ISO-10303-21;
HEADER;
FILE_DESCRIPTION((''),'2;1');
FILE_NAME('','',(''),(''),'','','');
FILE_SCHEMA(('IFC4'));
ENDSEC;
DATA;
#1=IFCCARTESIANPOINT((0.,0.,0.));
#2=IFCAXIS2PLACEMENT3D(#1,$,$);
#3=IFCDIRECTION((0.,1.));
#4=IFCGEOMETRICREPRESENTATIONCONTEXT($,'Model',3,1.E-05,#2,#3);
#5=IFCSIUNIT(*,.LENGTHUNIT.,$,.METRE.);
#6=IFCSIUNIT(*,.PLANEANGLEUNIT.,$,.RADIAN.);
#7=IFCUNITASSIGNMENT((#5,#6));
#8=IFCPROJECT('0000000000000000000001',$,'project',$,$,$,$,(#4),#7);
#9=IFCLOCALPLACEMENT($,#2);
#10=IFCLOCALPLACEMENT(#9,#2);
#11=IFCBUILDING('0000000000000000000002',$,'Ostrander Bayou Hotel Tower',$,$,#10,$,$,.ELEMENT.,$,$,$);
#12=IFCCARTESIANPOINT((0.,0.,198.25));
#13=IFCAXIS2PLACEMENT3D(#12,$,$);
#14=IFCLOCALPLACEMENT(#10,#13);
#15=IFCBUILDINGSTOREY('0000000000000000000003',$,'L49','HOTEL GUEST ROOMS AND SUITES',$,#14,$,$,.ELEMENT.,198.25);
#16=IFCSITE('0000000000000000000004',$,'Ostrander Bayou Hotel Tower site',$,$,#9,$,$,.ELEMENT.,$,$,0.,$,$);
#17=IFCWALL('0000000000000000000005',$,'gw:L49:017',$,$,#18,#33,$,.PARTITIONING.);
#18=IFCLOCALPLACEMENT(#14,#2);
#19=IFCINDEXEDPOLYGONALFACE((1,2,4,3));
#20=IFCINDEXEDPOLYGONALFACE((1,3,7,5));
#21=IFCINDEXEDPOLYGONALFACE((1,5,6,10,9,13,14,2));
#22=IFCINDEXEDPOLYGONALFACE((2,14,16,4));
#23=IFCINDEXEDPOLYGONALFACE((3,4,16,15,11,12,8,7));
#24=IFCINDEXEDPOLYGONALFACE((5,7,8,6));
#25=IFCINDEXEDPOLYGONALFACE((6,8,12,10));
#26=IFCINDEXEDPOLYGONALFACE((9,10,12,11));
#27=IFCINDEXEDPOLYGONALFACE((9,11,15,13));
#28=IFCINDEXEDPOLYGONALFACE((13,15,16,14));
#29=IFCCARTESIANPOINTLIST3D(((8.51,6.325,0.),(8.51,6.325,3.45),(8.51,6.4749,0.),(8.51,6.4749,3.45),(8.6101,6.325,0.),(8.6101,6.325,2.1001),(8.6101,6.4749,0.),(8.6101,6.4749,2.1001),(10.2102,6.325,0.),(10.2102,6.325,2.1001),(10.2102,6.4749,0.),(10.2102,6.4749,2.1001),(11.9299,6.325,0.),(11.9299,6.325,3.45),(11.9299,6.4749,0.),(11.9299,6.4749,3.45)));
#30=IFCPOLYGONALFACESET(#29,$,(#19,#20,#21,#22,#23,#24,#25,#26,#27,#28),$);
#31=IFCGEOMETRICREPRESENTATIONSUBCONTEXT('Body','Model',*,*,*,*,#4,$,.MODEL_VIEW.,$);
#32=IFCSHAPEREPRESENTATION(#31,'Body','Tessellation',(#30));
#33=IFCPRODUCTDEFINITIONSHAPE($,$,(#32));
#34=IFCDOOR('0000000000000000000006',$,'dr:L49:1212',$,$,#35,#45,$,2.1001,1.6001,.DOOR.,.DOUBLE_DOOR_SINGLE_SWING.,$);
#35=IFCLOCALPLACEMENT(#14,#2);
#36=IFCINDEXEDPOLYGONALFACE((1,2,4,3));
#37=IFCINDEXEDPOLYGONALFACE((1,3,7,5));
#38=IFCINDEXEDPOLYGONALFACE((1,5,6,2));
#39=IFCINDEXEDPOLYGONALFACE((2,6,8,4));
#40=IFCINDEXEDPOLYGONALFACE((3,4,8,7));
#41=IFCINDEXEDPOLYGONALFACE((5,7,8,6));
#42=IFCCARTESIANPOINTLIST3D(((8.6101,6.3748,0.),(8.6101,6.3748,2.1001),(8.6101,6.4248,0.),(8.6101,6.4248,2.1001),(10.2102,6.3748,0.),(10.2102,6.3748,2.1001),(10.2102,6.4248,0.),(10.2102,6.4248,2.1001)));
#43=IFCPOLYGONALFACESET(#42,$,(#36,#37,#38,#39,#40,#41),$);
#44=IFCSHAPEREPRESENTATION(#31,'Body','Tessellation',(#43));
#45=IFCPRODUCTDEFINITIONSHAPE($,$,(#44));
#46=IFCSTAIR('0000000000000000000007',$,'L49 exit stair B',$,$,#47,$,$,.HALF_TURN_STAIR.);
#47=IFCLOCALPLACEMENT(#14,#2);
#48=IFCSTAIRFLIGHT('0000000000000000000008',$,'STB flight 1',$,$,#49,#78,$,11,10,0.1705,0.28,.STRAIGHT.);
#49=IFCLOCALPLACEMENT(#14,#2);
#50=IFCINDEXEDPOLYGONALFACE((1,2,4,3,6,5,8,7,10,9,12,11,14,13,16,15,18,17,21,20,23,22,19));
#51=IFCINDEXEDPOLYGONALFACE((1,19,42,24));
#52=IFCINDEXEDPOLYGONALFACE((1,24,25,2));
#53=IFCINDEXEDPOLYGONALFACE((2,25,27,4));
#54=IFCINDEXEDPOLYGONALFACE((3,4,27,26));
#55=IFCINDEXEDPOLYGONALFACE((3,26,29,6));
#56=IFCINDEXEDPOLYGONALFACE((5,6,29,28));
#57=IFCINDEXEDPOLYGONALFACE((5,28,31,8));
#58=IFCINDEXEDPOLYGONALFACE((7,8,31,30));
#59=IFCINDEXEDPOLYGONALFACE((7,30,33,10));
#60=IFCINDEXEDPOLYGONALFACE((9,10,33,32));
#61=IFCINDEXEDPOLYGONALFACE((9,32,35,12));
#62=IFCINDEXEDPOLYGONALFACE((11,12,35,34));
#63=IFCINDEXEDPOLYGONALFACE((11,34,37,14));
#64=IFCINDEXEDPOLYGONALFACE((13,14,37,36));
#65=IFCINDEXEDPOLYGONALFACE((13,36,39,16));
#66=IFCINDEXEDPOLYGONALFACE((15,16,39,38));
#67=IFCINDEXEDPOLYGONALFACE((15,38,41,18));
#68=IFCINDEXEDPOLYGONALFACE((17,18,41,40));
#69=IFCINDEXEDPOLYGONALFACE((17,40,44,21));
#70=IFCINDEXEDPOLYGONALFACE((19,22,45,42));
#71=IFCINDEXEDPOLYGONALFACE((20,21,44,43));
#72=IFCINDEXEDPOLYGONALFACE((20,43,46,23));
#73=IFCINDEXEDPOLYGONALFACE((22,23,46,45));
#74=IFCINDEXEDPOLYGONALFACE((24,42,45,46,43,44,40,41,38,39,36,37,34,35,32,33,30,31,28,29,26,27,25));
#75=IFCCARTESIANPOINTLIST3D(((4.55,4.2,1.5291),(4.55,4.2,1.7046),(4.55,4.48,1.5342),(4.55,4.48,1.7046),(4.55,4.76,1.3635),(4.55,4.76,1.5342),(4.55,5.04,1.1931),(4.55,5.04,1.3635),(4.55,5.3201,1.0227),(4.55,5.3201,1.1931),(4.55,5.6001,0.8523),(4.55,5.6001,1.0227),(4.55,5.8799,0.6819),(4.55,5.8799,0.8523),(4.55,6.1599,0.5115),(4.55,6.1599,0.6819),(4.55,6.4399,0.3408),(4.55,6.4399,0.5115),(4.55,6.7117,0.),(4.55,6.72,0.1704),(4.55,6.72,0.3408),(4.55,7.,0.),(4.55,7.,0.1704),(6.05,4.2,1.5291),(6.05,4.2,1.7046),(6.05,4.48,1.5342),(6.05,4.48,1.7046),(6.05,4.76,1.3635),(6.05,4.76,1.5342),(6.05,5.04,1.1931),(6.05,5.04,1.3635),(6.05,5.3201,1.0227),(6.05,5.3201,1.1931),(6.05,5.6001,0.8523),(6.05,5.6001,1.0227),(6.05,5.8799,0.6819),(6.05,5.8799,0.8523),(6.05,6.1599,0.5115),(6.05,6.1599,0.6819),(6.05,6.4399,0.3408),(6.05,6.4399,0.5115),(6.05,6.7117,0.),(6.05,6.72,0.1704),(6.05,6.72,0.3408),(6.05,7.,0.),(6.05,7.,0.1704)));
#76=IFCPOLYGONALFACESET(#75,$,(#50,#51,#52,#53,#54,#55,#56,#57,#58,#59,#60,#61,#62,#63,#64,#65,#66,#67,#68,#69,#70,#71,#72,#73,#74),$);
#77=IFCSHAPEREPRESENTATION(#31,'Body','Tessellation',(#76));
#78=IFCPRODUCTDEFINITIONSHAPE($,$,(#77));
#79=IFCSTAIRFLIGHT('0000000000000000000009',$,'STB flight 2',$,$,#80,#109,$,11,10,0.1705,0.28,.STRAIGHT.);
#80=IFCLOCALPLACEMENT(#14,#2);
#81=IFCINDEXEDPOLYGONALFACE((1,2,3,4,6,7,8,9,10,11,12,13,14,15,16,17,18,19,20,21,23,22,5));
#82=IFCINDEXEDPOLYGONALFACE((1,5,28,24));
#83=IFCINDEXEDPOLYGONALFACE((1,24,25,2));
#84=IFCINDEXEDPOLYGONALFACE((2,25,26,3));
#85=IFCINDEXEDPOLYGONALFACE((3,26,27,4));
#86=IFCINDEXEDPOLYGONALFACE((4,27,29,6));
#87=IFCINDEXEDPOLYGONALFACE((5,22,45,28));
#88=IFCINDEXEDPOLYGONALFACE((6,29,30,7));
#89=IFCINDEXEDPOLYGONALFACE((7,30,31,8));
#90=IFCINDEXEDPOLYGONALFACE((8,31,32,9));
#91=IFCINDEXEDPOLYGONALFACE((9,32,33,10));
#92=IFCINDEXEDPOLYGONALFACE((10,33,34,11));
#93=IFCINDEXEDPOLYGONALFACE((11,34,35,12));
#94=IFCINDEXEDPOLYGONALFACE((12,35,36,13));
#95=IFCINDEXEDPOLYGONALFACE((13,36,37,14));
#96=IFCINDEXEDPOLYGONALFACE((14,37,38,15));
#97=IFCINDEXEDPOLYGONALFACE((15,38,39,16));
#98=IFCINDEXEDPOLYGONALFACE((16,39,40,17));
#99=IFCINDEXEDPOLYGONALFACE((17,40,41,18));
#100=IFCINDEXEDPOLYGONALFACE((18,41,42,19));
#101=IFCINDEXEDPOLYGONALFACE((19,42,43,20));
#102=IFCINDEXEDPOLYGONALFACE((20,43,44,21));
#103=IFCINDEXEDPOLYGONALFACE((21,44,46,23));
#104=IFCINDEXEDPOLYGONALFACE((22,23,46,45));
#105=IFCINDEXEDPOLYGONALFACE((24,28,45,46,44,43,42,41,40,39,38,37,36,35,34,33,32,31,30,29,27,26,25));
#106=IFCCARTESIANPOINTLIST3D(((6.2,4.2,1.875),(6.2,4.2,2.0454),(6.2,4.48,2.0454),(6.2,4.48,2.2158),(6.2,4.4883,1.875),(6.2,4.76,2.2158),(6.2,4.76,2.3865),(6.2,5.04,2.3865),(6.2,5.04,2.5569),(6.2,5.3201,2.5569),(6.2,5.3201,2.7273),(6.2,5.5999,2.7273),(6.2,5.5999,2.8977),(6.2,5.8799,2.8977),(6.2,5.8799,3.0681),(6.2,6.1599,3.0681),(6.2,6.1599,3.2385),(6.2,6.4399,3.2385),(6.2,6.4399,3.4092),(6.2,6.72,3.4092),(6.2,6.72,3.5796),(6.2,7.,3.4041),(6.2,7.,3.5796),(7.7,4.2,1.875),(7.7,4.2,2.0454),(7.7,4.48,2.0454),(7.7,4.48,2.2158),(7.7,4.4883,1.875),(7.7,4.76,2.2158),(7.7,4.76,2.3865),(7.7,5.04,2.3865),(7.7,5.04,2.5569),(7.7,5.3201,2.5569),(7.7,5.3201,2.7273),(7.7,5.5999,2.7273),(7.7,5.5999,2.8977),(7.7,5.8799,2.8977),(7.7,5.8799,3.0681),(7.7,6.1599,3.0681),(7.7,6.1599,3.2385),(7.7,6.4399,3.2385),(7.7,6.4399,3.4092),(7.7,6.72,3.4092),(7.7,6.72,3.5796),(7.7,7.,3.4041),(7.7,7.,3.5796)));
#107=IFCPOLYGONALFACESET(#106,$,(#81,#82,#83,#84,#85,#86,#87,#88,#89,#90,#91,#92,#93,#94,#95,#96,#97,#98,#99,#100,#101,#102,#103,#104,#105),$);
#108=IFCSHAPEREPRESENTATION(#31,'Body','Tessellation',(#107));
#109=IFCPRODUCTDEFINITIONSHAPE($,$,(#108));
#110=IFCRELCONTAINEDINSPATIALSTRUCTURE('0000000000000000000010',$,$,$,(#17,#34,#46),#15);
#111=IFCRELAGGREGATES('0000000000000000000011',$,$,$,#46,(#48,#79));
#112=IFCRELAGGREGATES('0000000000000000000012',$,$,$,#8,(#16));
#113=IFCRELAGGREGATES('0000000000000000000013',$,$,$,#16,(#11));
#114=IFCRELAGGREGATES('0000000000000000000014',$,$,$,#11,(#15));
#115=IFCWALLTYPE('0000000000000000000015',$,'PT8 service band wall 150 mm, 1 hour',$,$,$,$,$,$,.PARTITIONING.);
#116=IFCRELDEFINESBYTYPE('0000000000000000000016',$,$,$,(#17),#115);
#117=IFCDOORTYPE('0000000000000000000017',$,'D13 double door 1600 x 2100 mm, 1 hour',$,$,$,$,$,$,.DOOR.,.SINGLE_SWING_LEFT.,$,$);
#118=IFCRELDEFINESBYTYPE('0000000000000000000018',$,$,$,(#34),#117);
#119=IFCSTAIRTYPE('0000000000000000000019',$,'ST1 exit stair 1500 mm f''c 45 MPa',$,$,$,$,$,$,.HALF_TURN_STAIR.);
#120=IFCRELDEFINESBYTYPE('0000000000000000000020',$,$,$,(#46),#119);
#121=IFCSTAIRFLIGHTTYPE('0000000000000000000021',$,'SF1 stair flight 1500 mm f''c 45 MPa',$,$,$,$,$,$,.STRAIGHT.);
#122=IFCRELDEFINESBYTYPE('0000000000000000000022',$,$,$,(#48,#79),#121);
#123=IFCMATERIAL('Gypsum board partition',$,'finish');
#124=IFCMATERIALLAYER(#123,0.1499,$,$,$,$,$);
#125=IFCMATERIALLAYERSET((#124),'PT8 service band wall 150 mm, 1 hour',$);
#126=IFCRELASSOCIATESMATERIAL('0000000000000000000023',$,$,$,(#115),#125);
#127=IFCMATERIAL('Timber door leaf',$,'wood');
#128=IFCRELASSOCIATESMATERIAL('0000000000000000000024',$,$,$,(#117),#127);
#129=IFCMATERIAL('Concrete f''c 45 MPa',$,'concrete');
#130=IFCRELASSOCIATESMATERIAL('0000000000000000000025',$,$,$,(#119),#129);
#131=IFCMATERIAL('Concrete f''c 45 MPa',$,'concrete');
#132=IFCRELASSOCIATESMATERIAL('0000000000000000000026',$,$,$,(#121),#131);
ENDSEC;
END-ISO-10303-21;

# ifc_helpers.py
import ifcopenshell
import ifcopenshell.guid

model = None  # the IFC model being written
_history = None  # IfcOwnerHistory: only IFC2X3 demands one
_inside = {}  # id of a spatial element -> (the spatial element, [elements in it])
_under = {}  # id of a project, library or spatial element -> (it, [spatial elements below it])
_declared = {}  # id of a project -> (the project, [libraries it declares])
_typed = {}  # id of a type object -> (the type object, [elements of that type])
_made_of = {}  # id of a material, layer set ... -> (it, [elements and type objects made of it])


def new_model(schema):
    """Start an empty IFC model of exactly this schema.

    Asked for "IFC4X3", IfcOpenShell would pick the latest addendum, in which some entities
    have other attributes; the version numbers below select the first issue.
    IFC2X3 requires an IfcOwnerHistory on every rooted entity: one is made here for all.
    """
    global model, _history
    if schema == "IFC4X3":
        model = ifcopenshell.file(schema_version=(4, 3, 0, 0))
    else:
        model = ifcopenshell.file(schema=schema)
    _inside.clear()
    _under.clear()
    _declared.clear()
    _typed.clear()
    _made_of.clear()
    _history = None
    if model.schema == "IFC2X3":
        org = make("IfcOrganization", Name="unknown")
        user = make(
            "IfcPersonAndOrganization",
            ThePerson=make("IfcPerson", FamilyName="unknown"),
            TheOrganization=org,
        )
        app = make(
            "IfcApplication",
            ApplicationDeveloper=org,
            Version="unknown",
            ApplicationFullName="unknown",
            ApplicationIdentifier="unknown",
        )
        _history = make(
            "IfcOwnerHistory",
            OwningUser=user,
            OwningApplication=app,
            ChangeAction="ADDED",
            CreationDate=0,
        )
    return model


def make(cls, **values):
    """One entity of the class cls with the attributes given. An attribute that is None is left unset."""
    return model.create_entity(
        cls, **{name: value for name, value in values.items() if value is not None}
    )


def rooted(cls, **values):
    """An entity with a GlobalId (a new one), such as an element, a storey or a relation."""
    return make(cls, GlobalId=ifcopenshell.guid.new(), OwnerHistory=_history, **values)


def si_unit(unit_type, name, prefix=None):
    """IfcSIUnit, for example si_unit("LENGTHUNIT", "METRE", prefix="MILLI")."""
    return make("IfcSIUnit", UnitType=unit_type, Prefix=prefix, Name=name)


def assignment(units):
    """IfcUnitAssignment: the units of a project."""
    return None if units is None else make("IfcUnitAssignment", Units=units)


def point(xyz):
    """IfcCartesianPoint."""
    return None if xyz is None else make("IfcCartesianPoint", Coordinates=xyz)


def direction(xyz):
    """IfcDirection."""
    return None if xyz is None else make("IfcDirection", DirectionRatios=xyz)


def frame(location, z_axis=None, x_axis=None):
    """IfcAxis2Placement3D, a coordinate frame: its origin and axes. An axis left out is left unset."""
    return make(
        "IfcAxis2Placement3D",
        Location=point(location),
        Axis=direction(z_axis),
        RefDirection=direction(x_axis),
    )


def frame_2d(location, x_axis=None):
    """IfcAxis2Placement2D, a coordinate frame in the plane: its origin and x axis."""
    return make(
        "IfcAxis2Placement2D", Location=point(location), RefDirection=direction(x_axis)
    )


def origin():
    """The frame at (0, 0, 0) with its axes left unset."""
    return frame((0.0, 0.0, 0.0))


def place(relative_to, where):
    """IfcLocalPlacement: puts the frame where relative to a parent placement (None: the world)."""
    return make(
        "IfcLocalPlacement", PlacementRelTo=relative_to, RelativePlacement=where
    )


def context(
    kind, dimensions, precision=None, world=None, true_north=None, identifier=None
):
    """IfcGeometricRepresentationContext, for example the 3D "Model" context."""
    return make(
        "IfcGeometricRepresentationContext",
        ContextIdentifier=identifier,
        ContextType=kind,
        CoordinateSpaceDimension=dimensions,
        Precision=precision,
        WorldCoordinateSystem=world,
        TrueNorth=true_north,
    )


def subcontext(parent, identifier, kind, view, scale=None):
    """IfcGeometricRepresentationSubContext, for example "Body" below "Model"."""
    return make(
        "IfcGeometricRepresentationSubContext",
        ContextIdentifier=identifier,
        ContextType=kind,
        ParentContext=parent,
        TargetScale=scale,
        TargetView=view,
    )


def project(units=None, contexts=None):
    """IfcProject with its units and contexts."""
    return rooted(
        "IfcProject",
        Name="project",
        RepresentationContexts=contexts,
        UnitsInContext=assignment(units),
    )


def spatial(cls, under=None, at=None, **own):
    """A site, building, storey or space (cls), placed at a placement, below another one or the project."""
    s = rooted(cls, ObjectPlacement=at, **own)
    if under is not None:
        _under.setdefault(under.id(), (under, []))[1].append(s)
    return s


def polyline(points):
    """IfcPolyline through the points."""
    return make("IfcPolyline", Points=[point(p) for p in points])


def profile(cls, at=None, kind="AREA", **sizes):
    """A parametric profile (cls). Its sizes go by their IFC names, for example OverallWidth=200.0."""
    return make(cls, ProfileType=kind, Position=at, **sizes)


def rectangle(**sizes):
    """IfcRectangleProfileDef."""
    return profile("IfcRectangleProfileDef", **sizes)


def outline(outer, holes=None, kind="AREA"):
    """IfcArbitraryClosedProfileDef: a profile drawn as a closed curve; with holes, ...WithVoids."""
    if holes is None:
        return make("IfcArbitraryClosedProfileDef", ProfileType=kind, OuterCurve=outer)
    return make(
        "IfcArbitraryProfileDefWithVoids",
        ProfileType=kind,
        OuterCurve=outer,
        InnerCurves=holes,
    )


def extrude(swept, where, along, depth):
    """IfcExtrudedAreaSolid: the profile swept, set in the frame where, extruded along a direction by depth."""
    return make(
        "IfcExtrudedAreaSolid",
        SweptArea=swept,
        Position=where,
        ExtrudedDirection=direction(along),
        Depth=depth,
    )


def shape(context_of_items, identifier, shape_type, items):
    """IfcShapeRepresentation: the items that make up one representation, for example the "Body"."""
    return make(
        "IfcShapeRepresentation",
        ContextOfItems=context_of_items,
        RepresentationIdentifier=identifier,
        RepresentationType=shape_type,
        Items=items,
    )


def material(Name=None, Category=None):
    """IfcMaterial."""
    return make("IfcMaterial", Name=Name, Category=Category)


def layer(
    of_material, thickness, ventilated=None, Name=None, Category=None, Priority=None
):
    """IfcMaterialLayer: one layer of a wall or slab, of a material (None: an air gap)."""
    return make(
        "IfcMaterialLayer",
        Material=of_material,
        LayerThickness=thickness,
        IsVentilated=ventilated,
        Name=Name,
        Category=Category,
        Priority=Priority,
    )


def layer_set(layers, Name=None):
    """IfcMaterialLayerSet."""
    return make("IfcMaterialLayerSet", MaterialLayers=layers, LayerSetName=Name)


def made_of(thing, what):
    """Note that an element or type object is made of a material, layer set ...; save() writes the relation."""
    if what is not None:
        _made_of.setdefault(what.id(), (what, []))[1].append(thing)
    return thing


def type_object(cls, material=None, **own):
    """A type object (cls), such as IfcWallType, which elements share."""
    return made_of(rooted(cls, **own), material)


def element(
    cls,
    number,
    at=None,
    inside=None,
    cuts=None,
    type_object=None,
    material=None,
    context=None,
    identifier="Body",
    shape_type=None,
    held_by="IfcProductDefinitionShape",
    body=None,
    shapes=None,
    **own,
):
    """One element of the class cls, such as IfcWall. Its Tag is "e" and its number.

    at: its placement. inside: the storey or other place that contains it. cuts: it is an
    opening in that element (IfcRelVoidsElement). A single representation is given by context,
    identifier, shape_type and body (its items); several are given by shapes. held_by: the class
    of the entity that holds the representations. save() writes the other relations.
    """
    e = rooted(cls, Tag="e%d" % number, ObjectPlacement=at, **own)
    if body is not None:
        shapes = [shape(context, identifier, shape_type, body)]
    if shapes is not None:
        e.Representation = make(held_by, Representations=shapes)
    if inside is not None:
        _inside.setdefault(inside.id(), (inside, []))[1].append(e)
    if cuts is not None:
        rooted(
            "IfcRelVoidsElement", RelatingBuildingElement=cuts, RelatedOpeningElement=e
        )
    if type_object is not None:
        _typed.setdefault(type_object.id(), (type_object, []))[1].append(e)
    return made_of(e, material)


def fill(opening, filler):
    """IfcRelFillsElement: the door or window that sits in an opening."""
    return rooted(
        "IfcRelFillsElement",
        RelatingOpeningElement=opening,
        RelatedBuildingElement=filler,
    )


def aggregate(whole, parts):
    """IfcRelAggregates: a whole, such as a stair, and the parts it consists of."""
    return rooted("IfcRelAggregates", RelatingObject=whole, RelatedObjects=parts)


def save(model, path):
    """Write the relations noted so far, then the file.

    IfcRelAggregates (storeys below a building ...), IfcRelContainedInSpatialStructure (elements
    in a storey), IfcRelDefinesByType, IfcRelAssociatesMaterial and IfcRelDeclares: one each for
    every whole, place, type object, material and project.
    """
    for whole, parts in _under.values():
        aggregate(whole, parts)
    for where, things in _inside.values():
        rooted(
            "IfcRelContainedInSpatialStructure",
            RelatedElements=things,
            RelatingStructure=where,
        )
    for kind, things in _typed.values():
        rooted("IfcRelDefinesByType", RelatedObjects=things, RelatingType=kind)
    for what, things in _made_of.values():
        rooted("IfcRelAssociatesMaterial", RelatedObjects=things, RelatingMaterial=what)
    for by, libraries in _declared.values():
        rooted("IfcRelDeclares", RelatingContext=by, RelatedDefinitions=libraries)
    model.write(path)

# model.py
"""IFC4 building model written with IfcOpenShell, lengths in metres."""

from ifc_helpers import new_model, si_unit, direction, frame, frame_2d, origin, place, context, subcontext, project, spatial, polyline, rectangle, outline, extrude, material, layer, layer_set, type_object, element, fill, aggregate, save


model = new_model("IFC4")

# Units and contexts
model_context = context("Model", 3, precision=1e-05, world=origin(), true_north=direction((0.0, 1.0)))
body_context = subcontext(model_context, "Body", "Model", "MODEL_VIEW")
ifc_project = project(units=[si_unit("LENGTHUNIT", "METRE"), si_unit("PLANEANGLEUNIT", "RADIAN")], contexts=[model_context])

# Site, building, storey
site_placement = place(None, origin())
site = spatial("IfcSite", under=ifc_project, at=site_placement, Name="Ostrander Bayou Hotel Tower site", CompositionType="ELEMENT", RefElevation=0.0)
building_placement = place(site_placement, origin())
building = spatial("IfcBuilding", under=site, at=building_placement, Name="Ostrander Bayou Hotel Tower", CompositionType="ELEMENT")
storey_placement = place(building_placement, frame((0.0, 0.0, 198.25)))
storey = spatial("IfcBuildingStorey", under=building, at=storey_placement, Name="L49", Description="HOTEL GUEST ROOMS AND SUITES", CompositionType="ELEMENT", Elevation=198.25)

# Shared definitions
ifc_material_1 = material(Name="Gypsum board partition", Category="finish")
ifc_layer_1 = layer(ifc_material_1, 0.1499)
ifc_layer_set_1 = layer_set([ifc_layer_1], Name="PT8 service band wall 150 mm, 1 hour")
wall_type_1 = type_object("IfcWallType", Name="PT8 service band wall 150 mm, 1 hour", PredefinedType="PARTITIONING", material=ifc_layer_set_1)

# Wall, opening, door
wall_1_placement = place(storey_placement, frame((8.51, 6.3999, 0.0), z_axis=(0.0, 0.0, 1.0), x_axis=(1.0, 0.0, 0.0)))
wall_1 = element("IfcWall", 1, at=wall_1_placement, inside=storey, type_object=wall_type_1, Name="gw:L49:017", PredefinedType="PARTITIONING", context=body_context, shape_type="SweptSolid", body=[
    extrude(rectangle(XDim=3.4199, YDim=0.1499, at=frame_2d((1.71, 0.0))), origin(), (0.0, 0.0, 1.0), 3.45),
])
opening_1_placement = place(wall_1_placement, frame((0.1001, 0.0, 0.0)))
opening_1 = element("IfcOpeningElement", 2, at=opening_1_placement, cuts=wall_1, PredefinedType="OPENING", context=body_context, shape_type="SweptSolid", body=[
    extrude(rectangle(XDim=1.6001, YDim=2.1001, at=frame_2d((0.8, 1.05))), frame((0.0, 0.075, 0.0), z_axis=(0.0, -1.0, 0.0), x_axis=(1.0, 0.0, 0.0)), (0.0, 0.0, 1.0), 0.1499),
])
ifc_material_2 = material(Name="Timber door leaf", Category="wood")
door_type_1 = type_object("IfcDoorType", Name="D13 double door 1600 x 2100 mm, 1 hour", OperationType="SINGLE_SWING_LEFT", PredefinedType="DOOR", material=ifc_material_2)
door_1_placement = place(opening_1_placement, origin())
door_1 = element("IfcDoor", 3, at=door_1_placement, inside=storey, type_object=door_type_1, Name="dr:L49:1212", OperationType="DOUBLE_DOOR_SINGLE_SWING", OverallHeight=2.1001, OverallWidth=1.6001, PredefinedType="DOOR", context=body_context, shape_type="SweptSolid", body=[
    extrude(rectangle(XDim=1.6001, YDim=2.1001, at=frame_2d((0.8, 1.05))), frame((0.0, 0.0249, 0.0), z_axis=(0.0, -1.0, 0.0), x_axis=(1.0, 0.0, 0.0)), (0.0, 0.0, 1.0), 0.05),
])
fill(opening_1, door_1)

# Stair, stair flights
ifc_material_3 = material(Name="Concrete f'c 45 MPa", Category="concrete")
stair_type = type_object("IfcStairType", Name="ST1 exit stair 1500 mm f'c 45 MPa", PredefinedType="HALF_TURN_STAIR", material=ifc_material_3)
stair_placement = place(storey_placement, origin())
stair = element("IfcStair", 4, at=stair_placement, inside=storey, type_object=stair_type, Name="L49 exit stair B", PredefinedType="HALF_TURN_STAIR")
ifc_material_4 = material(Name="Concrete f'c 45 MPa", Category="concrete")
stair_flight_type = type_object("IfcStairFlightType", Name="SF1 stair flight 1500 mm f'c 45 MPa", PredefinedType="STRAIGHT", material=ifc_material_4)
stair_flight_1_placement = place(storey_placement, frame((5.3, 7.0, 0.0), z_axis=(0.0, 0.0, 1.0), x_axis=(0.0, -1.0, 0.0)))
stair_flight_1 = element("IfcStairFlight", 5, at=stair_flight_1_placement, type_object=stair_flight_type, Name="STB flight 1", NumberOfRisers=11, NumberOfTreads=10, PredefinedType="STRAIGHT", RiserHeight=0.1705, TreadLength=0.28, context=body_context, shape_type="SweptSolid", body=[
    extrude(outline(polyline([(0.0, 0.0), (0.0, 0.1704), (0.28, 0.1704), (0.28, 0.3408), (0.5601, 0.3408), (0.5601, 0.5115), (0.8401, 0.5115), (0.8401, 0.6819), (1.1201, 0.6819), (1.1201, 0.8523), (1.3999, 0.8523), (1.3999, 1.0227), (1.6799, 1.0227), (1.6799, 1.1931), (1.96, 1.1931), (1.96, 1.3635), (2.24, 1.3635), (2.24, 1.5342), (2.52, 1.5342), (2.52, 1.7046), (2.8, 1.7046), (2.8, 1.875), (2.8, 1.5291), (0.2883, 0.0), (0.0, 0.0)])), frame((0.0, 0.75, 0.0), z_axis=(0.0, -1.0, 0.0), x_axis=(1.0, 0.0, 0.0)), (0.0, 0.0, 1.0), 1.5),
])
stair_flight_2_placement = place(storey_placement, frame((6.95, 4.2, 1.875), z_axis=(0.0, 0.0, 1.0), x_axis=(0.0, 1.0, 0.0)))
stair_flight_2 = element("IfcStairFlight", 6, at=stair_flight_2_placement, type_object=stair_flight_type, Name="STB flight 2", NumberOfRisers=11, NumberOfTreads=10, PredefinedType="STRAIGHT", RiserHeight=0.1705, TreadLength=0.28, context=body_context, shape_type="SweptSolid", body=[
    extrude(outline(polyline([(0.0, 0.0), (0.0, 0.1704), (0.28, 0.1704), (0.28, 0.3408), (0.5601, 0.3408), (0.5601, 0.5115), (0.8401, 0.5115), (0.8401, 0.6819), (1.1201, 0.6819), (1.1201, 0.8523), (1.3999, 0.8523), (1.3999, 1.0227), (1.6799, 1.0227), (1.6799, 1.1931), (1.96, 1.1931), (1.96, 1.3635), (2.24, 1.3635), (2.24, 1.5342), (2.52, 1.5342), (2.52, 1.7046), (2.8, 1.7046), (2.8, 1.875), (2.8, 1.5291), (0.2883, 0.0), (0.0, 0.0)])), frame((0.0, 0.75, 0.0), z_axis=(0.0, -1.0, 0.0), x_axis=(1.0, 0.0, 0.0)), (0.0, 0.0, 1.0), 1.5),
])
aggregate(stair, [stair_flight_1, stair_flight_2])

save(model, "model.ifc")
